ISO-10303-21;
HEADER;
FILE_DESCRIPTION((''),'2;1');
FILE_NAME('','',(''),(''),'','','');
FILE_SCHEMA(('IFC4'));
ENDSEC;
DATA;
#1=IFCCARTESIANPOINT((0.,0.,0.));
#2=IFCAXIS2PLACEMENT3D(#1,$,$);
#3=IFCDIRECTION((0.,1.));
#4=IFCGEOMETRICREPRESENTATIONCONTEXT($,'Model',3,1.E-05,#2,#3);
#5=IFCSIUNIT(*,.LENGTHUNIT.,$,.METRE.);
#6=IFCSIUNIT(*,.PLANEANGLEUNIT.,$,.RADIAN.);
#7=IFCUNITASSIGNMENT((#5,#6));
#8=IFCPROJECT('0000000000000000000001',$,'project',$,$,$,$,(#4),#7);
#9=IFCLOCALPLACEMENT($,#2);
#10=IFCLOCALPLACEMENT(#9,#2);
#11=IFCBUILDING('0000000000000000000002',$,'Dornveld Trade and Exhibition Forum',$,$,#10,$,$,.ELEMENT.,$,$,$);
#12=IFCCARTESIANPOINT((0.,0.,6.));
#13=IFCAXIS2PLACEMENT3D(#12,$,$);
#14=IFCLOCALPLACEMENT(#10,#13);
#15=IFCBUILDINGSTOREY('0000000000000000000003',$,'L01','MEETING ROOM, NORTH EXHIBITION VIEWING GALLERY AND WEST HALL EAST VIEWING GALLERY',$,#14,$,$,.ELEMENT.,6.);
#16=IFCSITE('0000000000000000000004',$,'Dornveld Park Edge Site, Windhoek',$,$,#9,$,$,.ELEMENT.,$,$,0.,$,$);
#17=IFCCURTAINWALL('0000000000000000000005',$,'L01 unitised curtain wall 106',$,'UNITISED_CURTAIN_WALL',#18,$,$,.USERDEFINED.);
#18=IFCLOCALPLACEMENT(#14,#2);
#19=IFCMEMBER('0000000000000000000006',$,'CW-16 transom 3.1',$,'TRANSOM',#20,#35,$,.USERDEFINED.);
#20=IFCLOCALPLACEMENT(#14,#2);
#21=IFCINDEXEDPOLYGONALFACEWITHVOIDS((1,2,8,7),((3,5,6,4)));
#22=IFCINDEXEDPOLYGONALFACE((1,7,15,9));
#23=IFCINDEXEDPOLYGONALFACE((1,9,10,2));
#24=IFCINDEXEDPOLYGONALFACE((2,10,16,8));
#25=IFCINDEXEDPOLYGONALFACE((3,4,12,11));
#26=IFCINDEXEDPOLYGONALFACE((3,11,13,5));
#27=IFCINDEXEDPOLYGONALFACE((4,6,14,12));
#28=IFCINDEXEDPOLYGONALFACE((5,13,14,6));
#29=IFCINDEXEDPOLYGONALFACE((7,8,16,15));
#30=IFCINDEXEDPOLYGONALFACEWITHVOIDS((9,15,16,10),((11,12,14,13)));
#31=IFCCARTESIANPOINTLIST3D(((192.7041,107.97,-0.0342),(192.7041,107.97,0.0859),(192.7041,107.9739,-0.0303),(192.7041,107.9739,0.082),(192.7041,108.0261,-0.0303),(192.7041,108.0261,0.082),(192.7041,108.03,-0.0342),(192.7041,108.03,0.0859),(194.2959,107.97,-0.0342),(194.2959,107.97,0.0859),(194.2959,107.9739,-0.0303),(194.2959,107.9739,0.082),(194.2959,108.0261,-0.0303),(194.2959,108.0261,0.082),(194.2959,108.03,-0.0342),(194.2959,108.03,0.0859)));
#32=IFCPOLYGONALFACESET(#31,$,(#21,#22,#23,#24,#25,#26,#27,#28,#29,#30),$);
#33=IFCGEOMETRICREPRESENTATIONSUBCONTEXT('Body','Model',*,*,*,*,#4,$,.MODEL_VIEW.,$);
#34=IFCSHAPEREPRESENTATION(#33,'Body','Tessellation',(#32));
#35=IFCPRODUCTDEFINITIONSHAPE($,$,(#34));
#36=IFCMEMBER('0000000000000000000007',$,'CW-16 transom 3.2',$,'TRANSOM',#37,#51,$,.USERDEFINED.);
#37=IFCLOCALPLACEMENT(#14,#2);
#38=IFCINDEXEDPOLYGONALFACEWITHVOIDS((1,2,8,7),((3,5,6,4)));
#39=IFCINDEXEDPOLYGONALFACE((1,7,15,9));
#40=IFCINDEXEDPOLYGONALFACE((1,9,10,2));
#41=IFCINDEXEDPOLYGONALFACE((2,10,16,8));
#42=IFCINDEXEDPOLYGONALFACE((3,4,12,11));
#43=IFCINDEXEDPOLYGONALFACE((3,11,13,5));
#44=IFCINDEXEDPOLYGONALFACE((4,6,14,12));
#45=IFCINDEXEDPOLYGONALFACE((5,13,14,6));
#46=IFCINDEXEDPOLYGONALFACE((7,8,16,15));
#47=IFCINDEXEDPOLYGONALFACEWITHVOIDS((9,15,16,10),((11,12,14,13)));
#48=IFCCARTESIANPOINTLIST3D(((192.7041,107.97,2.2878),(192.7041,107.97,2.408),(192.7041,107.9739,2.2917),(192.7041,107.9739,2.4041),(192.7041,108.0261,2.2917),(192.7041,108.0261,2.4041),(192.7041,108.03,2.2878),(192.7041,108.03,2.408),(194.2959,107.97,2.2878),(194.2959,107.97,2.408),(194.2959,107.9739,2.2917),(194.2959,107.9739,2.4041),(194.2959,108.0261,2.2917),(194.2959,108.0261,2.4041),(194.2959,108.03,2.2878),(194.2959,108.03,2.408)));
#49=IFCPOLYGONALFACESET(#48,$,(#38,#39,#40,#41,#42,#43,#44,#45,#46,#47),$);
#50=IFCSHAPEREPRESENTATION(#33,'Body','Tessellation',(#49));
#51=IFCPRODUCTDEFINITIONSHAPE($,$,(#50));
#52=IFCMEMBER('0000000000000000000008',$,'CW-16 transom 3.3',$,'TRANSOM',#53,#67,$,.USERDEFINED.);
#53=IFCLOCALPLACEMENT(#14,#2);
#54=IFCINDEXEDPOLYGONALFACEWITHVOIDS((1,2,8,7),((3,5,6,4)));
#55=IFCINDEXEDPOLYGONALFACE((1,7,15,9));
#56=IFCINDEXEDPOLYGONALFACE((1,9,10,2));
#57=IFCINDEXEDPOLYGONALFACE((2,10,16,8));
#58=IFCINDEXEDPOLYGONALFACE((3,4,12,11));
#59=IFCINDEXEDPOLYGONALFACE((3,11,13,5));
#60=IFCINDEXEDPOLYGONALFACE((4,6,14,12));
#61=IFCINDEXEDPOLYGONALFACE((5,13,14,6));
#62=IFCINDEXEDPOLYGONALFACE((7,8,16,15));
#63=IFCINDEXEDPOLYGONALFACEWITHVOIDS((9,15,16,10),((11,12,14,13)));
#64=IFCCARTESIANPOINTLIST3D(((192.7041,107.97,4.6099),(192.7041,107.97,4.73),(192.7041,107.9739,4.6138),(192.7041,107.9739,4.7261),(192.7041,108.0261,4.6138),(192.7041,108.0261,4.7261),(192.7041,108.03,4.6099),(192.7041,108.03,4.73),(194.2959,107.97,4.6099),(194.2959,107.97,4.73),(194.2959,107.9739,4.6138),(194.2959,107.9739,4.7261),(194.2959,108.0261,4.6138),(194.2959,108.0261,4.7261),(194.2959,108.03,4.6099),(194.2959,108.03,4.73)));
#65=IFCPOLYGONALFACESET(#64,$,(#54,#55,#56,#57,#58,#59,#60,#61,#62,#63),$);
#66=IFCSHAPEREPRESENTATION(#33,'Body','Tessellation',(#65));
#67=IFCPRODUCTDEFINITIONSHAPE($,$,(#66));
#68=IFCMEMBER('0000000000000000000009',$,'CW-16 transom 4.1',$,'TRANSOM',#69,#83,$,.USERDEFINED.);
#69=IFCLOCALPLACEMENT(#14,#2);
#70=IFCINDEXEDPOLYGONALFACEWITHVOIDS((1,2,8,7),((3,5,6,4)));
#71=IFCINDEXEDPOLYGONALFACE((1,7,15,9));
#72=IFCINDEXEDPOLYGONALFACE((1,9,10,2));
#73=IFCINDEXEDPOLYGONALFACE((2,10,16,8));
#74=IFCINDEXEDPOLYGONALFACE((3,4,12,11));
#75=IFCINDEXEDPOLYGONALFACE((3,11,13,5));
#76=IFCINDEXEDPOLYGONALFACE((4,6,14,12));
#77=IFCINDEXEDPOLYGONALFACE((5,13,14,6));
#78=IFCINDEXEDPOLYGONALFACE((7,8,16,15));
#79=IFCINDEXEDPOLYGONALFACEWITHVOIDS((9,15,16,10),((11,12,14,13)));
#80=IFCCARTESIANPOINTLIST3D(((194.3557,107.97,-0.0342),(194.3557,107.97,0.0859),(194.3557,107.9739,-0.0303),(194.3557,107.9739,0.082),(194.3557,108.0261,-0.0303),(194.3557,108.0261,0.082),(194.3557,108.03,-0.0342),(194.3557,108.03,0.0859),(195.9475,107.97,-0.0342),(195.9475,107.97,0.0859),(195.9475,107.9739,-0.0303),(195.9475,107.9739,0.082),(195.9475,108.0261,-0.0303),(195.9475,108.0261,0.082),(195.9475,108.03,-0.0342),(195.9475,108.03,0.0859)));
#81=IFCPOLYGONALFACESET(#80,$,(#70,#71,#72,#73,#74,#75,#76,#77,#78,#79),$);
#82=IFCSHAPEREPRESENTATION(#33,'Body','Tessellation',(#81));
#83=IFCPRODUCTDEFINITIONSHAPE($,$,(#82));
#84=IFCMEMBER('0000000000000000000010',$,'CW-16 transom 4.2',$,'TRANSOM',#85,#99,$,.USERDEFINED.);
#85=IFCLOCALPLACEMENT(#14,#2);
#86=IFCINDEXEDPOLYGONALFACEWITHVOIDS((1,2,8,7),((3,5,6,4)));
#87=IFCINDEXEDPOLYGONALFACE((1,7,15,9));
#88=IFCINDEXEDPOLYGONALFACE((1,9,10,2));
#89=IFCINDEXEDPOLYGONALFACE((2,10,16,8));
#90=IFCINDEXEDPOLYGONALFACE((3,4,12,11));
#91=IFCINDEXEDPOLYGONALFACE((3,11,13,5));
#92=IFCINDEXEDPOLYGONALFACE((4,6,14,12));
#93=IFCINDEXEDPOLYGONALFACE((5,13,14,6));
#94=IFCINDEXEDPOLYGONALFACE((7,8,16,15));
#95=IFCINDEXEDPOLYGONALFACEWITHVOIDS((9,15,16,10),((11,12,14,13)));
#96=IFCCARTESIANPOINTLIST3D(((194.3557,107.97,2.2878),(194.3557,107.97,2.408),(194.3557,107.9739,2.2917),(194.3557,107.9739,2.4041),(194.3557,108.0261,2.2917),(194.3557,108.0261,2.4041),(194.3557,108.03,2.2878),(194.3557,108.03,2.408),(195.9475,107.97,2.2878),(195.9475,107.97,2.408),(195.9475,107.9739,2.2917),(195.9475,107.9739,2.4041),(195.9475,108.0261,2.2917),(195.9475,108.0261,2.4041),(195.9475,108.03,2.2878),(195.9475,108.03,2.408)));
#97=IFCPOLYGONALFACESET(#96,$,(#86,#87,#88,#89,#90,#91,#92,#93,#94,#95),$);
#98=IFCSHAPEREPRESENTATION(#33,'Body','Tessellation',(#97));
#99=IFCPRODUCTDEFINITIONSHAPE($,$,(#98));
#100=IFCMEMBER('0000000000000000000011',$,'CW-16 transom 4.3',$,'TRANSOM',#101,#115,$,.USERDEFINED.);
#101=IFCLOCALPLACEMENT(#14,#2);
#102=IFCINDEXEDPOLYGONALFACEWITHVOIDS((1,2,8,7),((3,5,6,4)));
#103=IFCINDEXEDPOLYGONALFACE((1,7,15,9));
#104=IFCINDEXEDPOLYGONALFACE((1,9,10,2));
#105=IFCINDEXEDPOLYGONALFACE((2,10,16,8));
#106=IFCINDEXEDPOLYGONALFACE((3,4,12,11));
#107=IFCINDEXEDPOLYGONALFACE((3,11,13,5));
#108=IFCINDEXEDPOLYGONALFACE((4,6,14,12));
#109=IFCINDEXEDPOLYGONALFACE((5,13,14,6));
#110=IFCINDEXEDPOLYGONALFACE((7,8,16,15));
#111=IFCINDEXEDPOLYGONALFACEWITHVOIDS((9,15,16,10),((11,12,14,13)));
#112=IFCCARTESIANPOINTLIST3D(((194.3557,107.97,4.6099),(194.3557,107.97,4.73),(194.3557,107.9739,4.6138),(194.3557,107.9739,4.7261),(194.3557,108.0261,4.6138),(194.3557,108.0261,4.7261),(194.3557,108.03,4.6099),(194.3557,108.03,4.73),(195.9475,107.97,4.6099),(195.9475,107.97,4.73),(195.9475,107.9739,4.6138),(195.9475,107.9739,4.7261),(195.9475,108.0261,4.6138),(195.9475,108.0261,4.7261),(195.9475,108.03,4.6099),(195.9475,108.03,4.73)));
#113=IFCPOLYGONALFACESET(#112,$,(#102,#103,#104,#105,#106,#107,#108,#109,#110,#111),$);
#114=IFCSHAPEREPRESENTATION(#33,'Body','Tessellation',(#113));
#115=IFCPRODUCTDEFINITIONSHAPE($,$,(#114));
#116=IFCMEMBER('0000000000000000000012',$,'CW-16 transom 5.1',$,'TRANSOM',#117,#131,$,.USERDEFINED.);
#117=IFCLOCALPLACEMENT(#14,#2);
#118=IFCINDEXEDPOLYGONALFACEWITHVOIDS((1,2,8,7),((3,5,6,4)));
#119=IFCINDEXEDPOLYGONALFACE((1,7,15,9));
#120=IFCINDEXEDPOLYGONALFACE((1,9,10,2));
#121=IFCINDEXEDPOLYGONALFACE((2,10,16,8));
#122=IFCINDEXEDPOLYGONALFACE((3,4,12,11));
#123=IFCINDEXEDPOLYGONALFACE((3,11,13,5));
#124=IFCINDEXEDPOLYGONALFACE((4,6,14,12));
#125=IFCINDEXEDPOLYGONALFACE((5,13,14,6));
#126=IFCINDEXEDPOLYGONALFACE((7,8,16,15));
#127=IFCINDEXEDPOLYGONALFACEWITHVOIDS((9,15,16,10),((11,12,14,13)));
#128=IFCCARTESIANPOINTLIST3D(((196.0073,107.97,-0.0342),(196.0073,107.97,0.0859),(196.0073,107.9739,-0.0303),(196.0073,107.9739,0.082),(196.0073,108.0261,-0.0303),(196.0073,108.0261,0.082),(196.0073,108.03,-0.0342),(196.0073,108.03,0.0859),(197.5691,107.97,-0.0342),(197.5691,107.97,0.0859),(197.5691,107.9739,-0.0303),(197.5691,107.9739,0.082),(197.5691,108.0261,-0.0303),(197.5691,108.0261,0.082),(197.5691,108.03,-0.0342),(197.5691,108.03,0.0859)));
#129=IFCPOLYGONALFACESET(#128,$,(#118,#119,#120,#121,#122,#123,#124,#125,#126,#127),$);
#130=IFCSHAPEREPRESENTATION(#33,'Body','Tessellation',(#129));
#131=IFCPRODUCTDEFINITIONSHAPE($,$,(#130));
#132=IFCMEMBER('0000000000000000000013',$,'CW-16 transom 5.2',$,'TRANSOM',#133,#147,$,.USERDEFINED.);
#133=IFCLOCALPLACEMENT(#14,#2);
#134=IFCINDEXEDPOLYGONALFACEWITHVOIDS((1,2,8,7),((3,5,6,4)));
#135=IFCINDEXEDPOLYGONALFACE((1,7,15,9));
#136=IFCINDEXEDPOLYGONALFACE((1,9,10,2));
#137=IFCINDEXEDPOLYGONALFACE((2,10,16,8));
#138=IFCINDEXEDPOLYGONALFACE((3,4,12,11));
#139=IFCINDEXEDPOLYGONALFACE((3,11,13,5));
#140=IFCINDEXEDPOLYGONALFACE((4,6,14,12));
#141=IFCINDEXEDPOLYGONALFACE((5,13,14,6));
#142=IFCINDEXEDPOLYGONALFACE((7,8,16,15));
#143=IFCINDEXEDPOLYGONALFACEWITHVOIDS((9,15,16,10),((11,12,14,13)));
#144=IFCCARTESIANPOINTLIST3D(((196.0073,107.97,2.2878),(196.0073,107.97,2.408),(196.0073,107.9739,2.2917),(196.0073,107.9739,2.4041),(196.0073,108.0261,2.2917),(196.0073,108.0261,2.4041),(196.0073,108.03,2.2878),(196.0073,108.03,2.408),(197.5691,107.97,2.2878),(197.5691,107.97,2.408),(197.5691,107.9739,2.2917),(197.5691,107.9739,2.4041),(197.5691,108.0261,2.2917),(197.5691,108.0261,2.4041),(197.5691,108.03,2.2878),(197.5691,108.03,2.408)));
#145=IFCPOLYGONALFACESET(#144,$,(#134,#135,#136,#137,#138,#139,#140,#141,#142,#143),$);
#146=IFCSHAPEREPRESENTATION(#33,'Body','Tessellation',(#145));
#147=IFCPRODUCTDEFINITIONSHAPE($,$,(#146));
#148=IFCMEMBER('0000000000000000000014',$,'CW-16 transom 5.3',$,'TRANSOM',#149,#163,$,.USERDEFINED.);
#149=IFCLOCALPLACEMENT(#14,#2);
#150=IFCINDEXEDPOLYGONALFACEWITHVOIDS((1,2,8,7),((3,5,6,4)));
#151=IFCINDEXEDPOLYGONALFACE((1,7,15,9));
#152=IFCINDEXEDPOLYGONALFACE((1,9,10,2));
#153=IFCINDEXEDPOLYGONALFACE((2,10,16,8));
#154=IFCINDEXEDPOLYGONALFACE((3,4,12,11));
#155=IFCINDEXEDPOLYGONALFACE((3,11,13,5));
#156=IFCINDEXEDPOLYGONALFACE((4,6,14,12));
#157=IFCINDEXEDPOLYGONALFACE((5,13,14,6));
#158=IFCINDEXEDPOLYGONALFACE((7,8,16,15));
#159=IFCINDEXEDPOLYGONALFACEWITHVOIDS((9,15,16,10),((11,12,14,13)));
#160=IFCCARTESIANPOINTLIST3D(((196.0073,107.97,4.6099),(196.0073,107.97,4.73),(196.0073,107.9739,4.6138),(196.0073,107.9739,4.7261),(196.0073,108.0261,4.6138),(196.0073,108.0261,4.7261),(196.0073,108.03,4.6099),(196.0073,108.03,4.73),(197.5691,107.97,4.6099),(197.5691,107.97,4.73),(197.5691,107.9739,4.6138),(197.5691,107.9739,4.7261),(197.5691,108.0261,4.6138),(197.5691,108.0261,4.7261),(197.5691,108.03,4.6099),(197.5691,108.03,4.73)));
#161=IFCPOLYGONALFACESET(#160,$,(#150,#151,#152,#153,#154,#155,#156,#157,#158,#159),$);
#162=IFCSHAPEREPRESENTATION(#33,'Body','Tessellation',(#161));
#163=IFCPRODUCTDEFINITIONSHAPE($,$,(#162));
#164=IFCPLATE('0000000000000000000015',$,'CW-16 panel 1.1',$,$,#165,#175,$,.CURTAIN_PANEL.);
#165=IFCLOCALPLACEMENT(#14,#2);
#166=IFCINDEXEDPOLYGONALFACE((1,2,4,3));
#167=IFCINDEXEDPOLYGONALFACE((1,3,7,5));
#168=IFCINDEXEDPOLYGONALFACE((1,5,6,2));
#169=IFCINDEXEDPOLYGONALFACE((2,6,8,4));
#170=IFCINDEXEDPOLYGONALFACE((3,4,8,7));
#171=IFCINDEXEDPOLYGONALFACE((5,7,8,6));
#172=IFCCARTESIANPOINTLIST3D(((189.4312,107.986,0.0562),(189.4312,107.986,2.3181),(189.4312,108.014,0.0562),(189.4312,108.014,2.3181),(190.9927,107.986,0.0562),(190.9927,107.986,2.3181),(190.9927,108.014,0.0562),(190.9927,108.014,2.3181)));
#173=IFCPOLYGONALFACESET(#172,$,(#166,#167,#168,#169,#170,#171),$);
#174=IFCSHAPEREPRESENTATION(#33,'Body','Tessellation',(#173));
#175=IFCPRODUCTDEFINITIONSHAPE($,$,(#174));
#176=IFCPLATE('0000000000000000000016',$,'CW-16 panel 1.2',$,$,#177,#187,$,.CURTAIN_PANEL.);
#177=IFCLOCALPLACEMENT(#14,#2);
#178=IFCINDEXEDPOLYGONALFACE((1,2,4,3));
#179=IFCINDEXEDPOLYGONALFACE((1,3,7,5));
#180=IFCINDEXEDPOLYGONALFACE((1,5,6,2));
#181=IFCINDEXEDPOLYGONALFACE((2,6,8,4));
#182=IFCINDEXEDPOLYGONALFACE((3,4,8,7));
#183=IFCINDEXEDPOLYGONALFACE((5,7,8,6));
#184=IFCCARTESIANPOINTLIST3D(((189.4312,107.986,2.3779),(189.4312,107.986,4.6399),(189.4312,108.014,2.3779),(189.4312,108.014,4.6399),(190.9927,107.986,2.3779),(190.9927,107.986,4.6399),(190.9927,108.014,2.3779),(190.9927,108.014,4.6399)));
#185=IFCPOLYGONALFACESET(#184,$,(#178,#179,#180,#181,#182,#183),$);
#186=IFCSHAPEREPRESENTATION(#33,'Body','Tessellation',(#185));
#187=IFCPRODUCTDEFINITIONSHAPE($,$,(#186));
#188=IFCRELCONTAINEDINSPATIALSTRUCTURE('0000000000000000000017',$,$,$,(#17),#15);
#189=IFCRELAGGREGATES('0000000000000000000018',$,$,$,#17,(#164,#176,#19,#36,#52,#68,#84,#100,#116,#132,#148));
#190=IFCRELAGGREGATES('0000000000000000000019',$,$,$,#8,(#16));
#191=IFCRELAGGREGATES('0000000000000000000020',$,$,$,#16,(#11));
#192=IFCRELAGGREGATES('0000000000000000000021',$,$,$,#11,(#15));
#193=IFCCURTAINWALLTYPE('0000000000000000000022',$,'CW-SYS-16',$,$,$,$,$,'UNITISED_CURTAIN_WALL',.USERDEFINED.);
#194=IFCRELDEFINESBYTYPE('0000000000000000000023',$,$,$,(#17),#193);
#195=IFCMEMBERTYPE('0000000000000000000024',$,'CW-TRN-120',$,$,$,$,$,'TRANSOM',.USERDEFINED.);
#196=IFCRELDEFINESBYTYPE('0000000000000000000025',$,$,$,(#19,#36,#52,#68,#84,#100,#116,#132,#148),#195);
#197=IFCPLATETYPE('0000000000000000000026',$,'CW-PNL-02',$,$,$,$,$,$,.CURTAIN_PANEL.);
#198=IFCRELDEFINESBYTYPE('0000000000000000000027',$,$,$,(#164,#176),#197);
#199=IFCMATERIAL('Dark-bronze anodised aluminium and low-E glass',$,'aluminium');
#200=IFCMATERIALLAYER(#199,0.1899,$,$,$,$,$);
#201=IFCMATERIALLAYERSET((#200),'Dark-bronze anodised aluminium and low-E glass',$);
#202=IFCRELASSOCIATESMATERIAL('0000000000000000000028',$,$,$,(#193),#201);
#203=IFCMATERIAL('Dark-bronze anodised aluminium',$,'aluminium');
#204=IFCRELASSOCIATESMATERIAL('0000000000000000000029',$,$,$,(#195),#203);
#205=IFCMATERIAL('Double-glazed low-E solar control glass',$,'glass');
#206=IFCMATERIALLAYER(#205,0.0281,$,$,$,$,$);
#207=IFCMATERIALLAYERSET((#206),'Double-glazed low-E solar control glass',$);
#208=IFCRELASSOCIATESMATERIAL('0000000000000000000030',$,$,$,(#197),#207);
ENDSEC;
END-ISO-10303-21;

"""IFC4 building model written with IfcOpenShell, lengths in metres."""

from ifc_helpers import new_model, si_unit, direction, frame, origin, origin_2d, place, context, subcontext, project, spatial, rectangle, hollow_rectangle, extrude, material, layer, layer_set, material_profile, profile_set, type_object, element, aggregate, save


model = new_model("IFC4")

# Units and contexts
model_context = context("Model", 3, precision=1e-05, world=origin(), true_north=direction((0.0, 1.0)))
body_context = subcontext(model_context, "Body", "Model", "MODEL_VIEW")
ifc_project = project(units=[si_unit("LENGTHUNIT", "METRE"), si_unit("PLANEANGLEUNIT", "RADIAN")], contexts=[model_context])

# Site, building, storey
site_placement = place(None, origin())
site = spatial("IfcSite", under=ifc_project, at=site_placement, Name="Dornveld Park Edge Site, Windhoek", CompositionType="ELEMENT", RefElevation=0.0)
building_placement = place(site_placement, origin())
building = spatial("IfcBuilding", under=site, at=building_placement, Name="Dornveld Trade and Exhibition Forum", CompositionType="ELEMENT")
storey_placement = place(building_placement, frame((0.0, 0.0, 6.0)))
storey = spatial("IfcBuildingStorey", under=building, at=storey_placement, Name="L01", Description="MEETING ROOM, NORTH EXHIBITION VIEWING GALLERY AND WEST HALL EAST VIEWING GALLERY", CompositionType="ELEMENT", Elevation=6.0)

# Curtain wall, members, plates
ifc_material_1 = material(Name="Dark-bronze anodised aluminium and low-E glass", Category="aluminium")
ifc_layer_1 = layer(ifc_material_1, 0.1899)
ifc_layer_set_1 = layer_set([ifc_layer_1], Name="Dark-bronze anodised aluminium and low-E glass")
curtain_wall_type = type_object("IfcCurtainWallType", Name="CW-SYS-16", ElementType="UNITISED_CURTAIN_WALL", PredefinedType="USERDEFINED", material=ifc_layer_set_1)
curtain_wall_placement = place(storey_placement, origin())
curtain_wall = element("IfcCurtainWall", 1, at=curtain_wall_placement, inside=storey, type_object=curtain_wall_type, Name="L01 unitised curtain wall 106", ObjectType="UNITISED_CURTAIN_WALL", PredefinedType="USERDEFINED")
ifc_material_2 = material(Name="Dark-bronze anodised aluminium", Category="aluminium")
ifc_material_profile_1 = material_profile(ifc_material_2, hollow_rectangle(XDim=0.0601, YDim=0.1201, WallThickness=0.0039, at=origin_2d()), Name="RHS 120x60x4")
ifc_profile_set_1 = profile_set([ifc_material_profile_1], Name="Dark-bronze anodised aluminium")
member_type_1 = type_object("IfcMemberType", Name="CW-TRN-120", ElementType="TRANSOM", PredefinedType="USERDEFINED", material=ifc_profile_set_1)
member_1_placement = place(storey_placement, frame((192.7041, 108.0, 0.0259), z_axis=(1.0, 0.0, 0.0), x_axis=(0.0, 1.0, 0.0)))
member_1 = element("IfcMember", 2, at=member_1_placement, type_object=member_type_1, Name="CW-16 transom 3.1", ObjectType="TRANSOM", PredefinedType="USERDEFINED", context=body_context, shape_type="SweptSolid", body=[
    extrude(hollow_rectangle(XDim=0.0601, YDim=0.1201, WallThickness=0.0039, at=origin_2d()), origin(), (0.0, 0.0, 1.0), 1.5918),
])
member_2_placement = place(storey_placement, frame((192.7041, 108.0, 2.3479), z_axis=(1.0, 0.0, 0.0), x_axis=(0.0, 1.0, 0.0)))
member_2 = element("IfcMember", 3, at=member_2_placement, type_object=member_type_1, Name="CW-16 transom 3.2", ObjectType="TRANSOM", PredefinedType="USERDEFINED", context=body_context, shape_type="SweptSolid", body=[
    extrude(hollow_rectangle(XDim=0.0601, YDim=0.1201, WallThickness=0.0039, at=origin_2d()), origin(), (0.0, 0.0, 1.0), 1.5918),
])
member_3_placement = place(storey_placement, frame((192.7041, 108.0, 4.6699), z_axis=(1.0, 0.0, 0.0), x_axis=(0.0, 1.0, 0.0)))
member_3 = element("IfcMember", 4, at=member_3_placement, type_object=member_type_1, Name="CW-16 transom 3.3", ObjectType="TRANSOM", PredefinedType="USERDEFINED", context=body_context, shape_type="SweptSolid", body=[
    extrude(hollow_rectangle(XDim=0.0601, YDim=0.1201, WallThickness=0.0039, at=origin_2d()), origin(), (0.0, 0.0, 1.0), 1.5918),
])
member_4_placement = place(storey_placement, frame((194.3557, 108.0, 0.0259), z_axis=(1.0, 0.0, 0.0), x_axis=(0.0, 1.0, 0.0)))
member_4 = element("IfcMember", 5, at=member_4_placement, type_object=member_type_1, Name="CW-16 transom 4.1", ObjectType="TRANSOM", PredefinedType="USERDEFINED", context=body_context, shape_type="SweptSolid", body=[
    extrude(hollow_rectangle(XDim=0.0601, YDim=0.1201, WallThickness=0.0039, at=origin_2d()), origin(), (0.0, 0.0, 1.0), 1.5918),
])
member_5_placement = place(storey_placement, frame((194.3557, 108.0, 2.3479), z_axis=(1.0, 0.0, 0.0), x_axis=(0.0, 1.0, 0.0)))
member_5 = element("IfcMember", 6, at=member_5_placement, type_object=member_type_1, Name="CW-16 transom 4.2", ObjectType="TRANSOM", PredefinedType="USERDEFINED", context=body_context, shape_type="SweptSolid", body=[
    extrude(hollow_rectangle(XDim=0.0601, YDim=0.1201, WallThickness=0.0039, at=origin_2d()), origin(), (0.0, 0.0, 1.0), 1.5918),
])
member_6_placement = place(storey_placement, frame((194.3557, 108.0, 4.6699), z_axis=(1.0, 0.0, 0.0), x_axis=(0.0, 1.0, 0.0)))
member_6 = element("IfcMember", 7, at=member_6_placement, type_object=member_type_1, Name="CW-16 transom 4.3", ObjectType="TRANSOM", PredefinedType="USERDEFINED", context=body_context, shape_type="SweptSolid", body=[
    extrude(hollow_rectangle(XDim=0.0601, YDim=0.1201, WallThickness=0.0039, at=origin_2d()), origin(), (0.0, 0.0, 1.0), 1.5918),
])
member_7_placement = place(storey_placement, frame((196.0073, 108.0, 0.0259), z_axis=(1.0, 0.0, 0.0), x_axis=(0.0, 1.0, 0.0)))
member_7 = element("IfcMember", 8, at=member_7_placement, type_object=member_type_1, Name="CW-16 transom 5.1", ObjectType="TRANSOM", PredefinedType="USERDEFINED", context=body_context, shape_type="SweptSolid", body=[
    extrude(hollow_rectangle(XDim=0.0601, YDim=0.1201, WallThickness=0.0039, at=origin_2d()), origin(), (0.0, 0.0, 1.0), 1.5618),
])
member_8_placement = place(storey_placement, frame((196.0073, 108.0, 2.3479), z_axis=(1.0, 0.0, 0.0), x_axis=(0.0, 1.0, 0.0)))
member_8 = element("IfcMember", 9, at=member_8_placement, type_object=member_type_1, Name="CW-16 transom 5.2", ObjectType="TRANSOM", PredefinedType="USERDEFINED", context=body_context, shape_type="SweptSolid", body=[
    extrude(hollow_rectangle(XDim=0.0601, YDim=0.1201, WallThickness=0.0039, at=origin_2d()), origin(), (0.0, 0.0, 1.0), 1.5618),
])
member_9_placement = place(storey_placement, frame((196.0073, 108.0, 4.6699), z_axis=(1.0, 0.0, 0.0), x_axis=(0.0, 1.0, 0.0)))
member_9 = element("IfcMember", 10, at=member_9_placement, type_object=member_type_1, Name="CW-16 transom 5.3", ObjectType="TRANSOM", PredefinedType="USERDEFINED", context=body_context, shape_type="SweptSolid", body=[
    extrude(hollow_rectangle(XDim=0.0601, YDim=0.1201, WallThickness=0.0039, at=origin_2d()), origin(), (0.0, 0.0, 1.0), 1.5618),
])
ifc_material_3 = material(Name="Double-glazed low-E solar control glass", Category="glass")
ifc_layer_2 = layer(ifc_material_3, 0.0281)
ifc_layer_set_2 = layer_set([ifc_layer_2], Name="Double-glazed low-E solar control glass")
plate_type = type_object("IfcPlateType", Name="CW-PNL-02", PredefinedType="CURTAIN_PANEL", material=ifc_layer_set_2)
plate_1_placement = place(storey_placement, frame((190.2119, 108.0, 0.0562), z_axis=(0.0, 0.0, 1.0), x_axis=(1.0, 0.0, 0.0)))
plate_1 = element("IfcPlate", 11, at=plate_1_placement, type_object=plate_type, Name="CW-16 panel 1.1", PredefinedType="CURTAIN_PANEL", context=body_context, shape_type="SweptSolid", body=[
    extrude(rectangle(XDim=1.5615, YDim=0.0281, at=origin_2d()), origin(), (0.0, 0.0, 1.0), 2.262),
])
plate_2_placement = place(storey_placement, frame((190.2119, 108.0, 2.3779), z_axis=(0.0, 0.0, 1.0), x_axis=(1.0, 0.0, 0.0)))
plate_2 = element("IfcPlate", 12, at=plate_2_placement, type_object=plate_type, Name="CW-16 panel 1.2", PredefinedType="CURTAIN_PANEL", context=body_context, shape_type="SweptSolid", body=[
    extrude(rectangle(XDim=1.5615, YDim=0.0281, at=origin_2d()), origin(), (0.0, 0.0, 1.0), 2.262),
])
aggregate(curtain_wall, [plate_1, plate_2, member_1, member_2, member_3, member_4, member_5, member_6, member_7, member_8, member_9])

save(model, "model.ifc")
